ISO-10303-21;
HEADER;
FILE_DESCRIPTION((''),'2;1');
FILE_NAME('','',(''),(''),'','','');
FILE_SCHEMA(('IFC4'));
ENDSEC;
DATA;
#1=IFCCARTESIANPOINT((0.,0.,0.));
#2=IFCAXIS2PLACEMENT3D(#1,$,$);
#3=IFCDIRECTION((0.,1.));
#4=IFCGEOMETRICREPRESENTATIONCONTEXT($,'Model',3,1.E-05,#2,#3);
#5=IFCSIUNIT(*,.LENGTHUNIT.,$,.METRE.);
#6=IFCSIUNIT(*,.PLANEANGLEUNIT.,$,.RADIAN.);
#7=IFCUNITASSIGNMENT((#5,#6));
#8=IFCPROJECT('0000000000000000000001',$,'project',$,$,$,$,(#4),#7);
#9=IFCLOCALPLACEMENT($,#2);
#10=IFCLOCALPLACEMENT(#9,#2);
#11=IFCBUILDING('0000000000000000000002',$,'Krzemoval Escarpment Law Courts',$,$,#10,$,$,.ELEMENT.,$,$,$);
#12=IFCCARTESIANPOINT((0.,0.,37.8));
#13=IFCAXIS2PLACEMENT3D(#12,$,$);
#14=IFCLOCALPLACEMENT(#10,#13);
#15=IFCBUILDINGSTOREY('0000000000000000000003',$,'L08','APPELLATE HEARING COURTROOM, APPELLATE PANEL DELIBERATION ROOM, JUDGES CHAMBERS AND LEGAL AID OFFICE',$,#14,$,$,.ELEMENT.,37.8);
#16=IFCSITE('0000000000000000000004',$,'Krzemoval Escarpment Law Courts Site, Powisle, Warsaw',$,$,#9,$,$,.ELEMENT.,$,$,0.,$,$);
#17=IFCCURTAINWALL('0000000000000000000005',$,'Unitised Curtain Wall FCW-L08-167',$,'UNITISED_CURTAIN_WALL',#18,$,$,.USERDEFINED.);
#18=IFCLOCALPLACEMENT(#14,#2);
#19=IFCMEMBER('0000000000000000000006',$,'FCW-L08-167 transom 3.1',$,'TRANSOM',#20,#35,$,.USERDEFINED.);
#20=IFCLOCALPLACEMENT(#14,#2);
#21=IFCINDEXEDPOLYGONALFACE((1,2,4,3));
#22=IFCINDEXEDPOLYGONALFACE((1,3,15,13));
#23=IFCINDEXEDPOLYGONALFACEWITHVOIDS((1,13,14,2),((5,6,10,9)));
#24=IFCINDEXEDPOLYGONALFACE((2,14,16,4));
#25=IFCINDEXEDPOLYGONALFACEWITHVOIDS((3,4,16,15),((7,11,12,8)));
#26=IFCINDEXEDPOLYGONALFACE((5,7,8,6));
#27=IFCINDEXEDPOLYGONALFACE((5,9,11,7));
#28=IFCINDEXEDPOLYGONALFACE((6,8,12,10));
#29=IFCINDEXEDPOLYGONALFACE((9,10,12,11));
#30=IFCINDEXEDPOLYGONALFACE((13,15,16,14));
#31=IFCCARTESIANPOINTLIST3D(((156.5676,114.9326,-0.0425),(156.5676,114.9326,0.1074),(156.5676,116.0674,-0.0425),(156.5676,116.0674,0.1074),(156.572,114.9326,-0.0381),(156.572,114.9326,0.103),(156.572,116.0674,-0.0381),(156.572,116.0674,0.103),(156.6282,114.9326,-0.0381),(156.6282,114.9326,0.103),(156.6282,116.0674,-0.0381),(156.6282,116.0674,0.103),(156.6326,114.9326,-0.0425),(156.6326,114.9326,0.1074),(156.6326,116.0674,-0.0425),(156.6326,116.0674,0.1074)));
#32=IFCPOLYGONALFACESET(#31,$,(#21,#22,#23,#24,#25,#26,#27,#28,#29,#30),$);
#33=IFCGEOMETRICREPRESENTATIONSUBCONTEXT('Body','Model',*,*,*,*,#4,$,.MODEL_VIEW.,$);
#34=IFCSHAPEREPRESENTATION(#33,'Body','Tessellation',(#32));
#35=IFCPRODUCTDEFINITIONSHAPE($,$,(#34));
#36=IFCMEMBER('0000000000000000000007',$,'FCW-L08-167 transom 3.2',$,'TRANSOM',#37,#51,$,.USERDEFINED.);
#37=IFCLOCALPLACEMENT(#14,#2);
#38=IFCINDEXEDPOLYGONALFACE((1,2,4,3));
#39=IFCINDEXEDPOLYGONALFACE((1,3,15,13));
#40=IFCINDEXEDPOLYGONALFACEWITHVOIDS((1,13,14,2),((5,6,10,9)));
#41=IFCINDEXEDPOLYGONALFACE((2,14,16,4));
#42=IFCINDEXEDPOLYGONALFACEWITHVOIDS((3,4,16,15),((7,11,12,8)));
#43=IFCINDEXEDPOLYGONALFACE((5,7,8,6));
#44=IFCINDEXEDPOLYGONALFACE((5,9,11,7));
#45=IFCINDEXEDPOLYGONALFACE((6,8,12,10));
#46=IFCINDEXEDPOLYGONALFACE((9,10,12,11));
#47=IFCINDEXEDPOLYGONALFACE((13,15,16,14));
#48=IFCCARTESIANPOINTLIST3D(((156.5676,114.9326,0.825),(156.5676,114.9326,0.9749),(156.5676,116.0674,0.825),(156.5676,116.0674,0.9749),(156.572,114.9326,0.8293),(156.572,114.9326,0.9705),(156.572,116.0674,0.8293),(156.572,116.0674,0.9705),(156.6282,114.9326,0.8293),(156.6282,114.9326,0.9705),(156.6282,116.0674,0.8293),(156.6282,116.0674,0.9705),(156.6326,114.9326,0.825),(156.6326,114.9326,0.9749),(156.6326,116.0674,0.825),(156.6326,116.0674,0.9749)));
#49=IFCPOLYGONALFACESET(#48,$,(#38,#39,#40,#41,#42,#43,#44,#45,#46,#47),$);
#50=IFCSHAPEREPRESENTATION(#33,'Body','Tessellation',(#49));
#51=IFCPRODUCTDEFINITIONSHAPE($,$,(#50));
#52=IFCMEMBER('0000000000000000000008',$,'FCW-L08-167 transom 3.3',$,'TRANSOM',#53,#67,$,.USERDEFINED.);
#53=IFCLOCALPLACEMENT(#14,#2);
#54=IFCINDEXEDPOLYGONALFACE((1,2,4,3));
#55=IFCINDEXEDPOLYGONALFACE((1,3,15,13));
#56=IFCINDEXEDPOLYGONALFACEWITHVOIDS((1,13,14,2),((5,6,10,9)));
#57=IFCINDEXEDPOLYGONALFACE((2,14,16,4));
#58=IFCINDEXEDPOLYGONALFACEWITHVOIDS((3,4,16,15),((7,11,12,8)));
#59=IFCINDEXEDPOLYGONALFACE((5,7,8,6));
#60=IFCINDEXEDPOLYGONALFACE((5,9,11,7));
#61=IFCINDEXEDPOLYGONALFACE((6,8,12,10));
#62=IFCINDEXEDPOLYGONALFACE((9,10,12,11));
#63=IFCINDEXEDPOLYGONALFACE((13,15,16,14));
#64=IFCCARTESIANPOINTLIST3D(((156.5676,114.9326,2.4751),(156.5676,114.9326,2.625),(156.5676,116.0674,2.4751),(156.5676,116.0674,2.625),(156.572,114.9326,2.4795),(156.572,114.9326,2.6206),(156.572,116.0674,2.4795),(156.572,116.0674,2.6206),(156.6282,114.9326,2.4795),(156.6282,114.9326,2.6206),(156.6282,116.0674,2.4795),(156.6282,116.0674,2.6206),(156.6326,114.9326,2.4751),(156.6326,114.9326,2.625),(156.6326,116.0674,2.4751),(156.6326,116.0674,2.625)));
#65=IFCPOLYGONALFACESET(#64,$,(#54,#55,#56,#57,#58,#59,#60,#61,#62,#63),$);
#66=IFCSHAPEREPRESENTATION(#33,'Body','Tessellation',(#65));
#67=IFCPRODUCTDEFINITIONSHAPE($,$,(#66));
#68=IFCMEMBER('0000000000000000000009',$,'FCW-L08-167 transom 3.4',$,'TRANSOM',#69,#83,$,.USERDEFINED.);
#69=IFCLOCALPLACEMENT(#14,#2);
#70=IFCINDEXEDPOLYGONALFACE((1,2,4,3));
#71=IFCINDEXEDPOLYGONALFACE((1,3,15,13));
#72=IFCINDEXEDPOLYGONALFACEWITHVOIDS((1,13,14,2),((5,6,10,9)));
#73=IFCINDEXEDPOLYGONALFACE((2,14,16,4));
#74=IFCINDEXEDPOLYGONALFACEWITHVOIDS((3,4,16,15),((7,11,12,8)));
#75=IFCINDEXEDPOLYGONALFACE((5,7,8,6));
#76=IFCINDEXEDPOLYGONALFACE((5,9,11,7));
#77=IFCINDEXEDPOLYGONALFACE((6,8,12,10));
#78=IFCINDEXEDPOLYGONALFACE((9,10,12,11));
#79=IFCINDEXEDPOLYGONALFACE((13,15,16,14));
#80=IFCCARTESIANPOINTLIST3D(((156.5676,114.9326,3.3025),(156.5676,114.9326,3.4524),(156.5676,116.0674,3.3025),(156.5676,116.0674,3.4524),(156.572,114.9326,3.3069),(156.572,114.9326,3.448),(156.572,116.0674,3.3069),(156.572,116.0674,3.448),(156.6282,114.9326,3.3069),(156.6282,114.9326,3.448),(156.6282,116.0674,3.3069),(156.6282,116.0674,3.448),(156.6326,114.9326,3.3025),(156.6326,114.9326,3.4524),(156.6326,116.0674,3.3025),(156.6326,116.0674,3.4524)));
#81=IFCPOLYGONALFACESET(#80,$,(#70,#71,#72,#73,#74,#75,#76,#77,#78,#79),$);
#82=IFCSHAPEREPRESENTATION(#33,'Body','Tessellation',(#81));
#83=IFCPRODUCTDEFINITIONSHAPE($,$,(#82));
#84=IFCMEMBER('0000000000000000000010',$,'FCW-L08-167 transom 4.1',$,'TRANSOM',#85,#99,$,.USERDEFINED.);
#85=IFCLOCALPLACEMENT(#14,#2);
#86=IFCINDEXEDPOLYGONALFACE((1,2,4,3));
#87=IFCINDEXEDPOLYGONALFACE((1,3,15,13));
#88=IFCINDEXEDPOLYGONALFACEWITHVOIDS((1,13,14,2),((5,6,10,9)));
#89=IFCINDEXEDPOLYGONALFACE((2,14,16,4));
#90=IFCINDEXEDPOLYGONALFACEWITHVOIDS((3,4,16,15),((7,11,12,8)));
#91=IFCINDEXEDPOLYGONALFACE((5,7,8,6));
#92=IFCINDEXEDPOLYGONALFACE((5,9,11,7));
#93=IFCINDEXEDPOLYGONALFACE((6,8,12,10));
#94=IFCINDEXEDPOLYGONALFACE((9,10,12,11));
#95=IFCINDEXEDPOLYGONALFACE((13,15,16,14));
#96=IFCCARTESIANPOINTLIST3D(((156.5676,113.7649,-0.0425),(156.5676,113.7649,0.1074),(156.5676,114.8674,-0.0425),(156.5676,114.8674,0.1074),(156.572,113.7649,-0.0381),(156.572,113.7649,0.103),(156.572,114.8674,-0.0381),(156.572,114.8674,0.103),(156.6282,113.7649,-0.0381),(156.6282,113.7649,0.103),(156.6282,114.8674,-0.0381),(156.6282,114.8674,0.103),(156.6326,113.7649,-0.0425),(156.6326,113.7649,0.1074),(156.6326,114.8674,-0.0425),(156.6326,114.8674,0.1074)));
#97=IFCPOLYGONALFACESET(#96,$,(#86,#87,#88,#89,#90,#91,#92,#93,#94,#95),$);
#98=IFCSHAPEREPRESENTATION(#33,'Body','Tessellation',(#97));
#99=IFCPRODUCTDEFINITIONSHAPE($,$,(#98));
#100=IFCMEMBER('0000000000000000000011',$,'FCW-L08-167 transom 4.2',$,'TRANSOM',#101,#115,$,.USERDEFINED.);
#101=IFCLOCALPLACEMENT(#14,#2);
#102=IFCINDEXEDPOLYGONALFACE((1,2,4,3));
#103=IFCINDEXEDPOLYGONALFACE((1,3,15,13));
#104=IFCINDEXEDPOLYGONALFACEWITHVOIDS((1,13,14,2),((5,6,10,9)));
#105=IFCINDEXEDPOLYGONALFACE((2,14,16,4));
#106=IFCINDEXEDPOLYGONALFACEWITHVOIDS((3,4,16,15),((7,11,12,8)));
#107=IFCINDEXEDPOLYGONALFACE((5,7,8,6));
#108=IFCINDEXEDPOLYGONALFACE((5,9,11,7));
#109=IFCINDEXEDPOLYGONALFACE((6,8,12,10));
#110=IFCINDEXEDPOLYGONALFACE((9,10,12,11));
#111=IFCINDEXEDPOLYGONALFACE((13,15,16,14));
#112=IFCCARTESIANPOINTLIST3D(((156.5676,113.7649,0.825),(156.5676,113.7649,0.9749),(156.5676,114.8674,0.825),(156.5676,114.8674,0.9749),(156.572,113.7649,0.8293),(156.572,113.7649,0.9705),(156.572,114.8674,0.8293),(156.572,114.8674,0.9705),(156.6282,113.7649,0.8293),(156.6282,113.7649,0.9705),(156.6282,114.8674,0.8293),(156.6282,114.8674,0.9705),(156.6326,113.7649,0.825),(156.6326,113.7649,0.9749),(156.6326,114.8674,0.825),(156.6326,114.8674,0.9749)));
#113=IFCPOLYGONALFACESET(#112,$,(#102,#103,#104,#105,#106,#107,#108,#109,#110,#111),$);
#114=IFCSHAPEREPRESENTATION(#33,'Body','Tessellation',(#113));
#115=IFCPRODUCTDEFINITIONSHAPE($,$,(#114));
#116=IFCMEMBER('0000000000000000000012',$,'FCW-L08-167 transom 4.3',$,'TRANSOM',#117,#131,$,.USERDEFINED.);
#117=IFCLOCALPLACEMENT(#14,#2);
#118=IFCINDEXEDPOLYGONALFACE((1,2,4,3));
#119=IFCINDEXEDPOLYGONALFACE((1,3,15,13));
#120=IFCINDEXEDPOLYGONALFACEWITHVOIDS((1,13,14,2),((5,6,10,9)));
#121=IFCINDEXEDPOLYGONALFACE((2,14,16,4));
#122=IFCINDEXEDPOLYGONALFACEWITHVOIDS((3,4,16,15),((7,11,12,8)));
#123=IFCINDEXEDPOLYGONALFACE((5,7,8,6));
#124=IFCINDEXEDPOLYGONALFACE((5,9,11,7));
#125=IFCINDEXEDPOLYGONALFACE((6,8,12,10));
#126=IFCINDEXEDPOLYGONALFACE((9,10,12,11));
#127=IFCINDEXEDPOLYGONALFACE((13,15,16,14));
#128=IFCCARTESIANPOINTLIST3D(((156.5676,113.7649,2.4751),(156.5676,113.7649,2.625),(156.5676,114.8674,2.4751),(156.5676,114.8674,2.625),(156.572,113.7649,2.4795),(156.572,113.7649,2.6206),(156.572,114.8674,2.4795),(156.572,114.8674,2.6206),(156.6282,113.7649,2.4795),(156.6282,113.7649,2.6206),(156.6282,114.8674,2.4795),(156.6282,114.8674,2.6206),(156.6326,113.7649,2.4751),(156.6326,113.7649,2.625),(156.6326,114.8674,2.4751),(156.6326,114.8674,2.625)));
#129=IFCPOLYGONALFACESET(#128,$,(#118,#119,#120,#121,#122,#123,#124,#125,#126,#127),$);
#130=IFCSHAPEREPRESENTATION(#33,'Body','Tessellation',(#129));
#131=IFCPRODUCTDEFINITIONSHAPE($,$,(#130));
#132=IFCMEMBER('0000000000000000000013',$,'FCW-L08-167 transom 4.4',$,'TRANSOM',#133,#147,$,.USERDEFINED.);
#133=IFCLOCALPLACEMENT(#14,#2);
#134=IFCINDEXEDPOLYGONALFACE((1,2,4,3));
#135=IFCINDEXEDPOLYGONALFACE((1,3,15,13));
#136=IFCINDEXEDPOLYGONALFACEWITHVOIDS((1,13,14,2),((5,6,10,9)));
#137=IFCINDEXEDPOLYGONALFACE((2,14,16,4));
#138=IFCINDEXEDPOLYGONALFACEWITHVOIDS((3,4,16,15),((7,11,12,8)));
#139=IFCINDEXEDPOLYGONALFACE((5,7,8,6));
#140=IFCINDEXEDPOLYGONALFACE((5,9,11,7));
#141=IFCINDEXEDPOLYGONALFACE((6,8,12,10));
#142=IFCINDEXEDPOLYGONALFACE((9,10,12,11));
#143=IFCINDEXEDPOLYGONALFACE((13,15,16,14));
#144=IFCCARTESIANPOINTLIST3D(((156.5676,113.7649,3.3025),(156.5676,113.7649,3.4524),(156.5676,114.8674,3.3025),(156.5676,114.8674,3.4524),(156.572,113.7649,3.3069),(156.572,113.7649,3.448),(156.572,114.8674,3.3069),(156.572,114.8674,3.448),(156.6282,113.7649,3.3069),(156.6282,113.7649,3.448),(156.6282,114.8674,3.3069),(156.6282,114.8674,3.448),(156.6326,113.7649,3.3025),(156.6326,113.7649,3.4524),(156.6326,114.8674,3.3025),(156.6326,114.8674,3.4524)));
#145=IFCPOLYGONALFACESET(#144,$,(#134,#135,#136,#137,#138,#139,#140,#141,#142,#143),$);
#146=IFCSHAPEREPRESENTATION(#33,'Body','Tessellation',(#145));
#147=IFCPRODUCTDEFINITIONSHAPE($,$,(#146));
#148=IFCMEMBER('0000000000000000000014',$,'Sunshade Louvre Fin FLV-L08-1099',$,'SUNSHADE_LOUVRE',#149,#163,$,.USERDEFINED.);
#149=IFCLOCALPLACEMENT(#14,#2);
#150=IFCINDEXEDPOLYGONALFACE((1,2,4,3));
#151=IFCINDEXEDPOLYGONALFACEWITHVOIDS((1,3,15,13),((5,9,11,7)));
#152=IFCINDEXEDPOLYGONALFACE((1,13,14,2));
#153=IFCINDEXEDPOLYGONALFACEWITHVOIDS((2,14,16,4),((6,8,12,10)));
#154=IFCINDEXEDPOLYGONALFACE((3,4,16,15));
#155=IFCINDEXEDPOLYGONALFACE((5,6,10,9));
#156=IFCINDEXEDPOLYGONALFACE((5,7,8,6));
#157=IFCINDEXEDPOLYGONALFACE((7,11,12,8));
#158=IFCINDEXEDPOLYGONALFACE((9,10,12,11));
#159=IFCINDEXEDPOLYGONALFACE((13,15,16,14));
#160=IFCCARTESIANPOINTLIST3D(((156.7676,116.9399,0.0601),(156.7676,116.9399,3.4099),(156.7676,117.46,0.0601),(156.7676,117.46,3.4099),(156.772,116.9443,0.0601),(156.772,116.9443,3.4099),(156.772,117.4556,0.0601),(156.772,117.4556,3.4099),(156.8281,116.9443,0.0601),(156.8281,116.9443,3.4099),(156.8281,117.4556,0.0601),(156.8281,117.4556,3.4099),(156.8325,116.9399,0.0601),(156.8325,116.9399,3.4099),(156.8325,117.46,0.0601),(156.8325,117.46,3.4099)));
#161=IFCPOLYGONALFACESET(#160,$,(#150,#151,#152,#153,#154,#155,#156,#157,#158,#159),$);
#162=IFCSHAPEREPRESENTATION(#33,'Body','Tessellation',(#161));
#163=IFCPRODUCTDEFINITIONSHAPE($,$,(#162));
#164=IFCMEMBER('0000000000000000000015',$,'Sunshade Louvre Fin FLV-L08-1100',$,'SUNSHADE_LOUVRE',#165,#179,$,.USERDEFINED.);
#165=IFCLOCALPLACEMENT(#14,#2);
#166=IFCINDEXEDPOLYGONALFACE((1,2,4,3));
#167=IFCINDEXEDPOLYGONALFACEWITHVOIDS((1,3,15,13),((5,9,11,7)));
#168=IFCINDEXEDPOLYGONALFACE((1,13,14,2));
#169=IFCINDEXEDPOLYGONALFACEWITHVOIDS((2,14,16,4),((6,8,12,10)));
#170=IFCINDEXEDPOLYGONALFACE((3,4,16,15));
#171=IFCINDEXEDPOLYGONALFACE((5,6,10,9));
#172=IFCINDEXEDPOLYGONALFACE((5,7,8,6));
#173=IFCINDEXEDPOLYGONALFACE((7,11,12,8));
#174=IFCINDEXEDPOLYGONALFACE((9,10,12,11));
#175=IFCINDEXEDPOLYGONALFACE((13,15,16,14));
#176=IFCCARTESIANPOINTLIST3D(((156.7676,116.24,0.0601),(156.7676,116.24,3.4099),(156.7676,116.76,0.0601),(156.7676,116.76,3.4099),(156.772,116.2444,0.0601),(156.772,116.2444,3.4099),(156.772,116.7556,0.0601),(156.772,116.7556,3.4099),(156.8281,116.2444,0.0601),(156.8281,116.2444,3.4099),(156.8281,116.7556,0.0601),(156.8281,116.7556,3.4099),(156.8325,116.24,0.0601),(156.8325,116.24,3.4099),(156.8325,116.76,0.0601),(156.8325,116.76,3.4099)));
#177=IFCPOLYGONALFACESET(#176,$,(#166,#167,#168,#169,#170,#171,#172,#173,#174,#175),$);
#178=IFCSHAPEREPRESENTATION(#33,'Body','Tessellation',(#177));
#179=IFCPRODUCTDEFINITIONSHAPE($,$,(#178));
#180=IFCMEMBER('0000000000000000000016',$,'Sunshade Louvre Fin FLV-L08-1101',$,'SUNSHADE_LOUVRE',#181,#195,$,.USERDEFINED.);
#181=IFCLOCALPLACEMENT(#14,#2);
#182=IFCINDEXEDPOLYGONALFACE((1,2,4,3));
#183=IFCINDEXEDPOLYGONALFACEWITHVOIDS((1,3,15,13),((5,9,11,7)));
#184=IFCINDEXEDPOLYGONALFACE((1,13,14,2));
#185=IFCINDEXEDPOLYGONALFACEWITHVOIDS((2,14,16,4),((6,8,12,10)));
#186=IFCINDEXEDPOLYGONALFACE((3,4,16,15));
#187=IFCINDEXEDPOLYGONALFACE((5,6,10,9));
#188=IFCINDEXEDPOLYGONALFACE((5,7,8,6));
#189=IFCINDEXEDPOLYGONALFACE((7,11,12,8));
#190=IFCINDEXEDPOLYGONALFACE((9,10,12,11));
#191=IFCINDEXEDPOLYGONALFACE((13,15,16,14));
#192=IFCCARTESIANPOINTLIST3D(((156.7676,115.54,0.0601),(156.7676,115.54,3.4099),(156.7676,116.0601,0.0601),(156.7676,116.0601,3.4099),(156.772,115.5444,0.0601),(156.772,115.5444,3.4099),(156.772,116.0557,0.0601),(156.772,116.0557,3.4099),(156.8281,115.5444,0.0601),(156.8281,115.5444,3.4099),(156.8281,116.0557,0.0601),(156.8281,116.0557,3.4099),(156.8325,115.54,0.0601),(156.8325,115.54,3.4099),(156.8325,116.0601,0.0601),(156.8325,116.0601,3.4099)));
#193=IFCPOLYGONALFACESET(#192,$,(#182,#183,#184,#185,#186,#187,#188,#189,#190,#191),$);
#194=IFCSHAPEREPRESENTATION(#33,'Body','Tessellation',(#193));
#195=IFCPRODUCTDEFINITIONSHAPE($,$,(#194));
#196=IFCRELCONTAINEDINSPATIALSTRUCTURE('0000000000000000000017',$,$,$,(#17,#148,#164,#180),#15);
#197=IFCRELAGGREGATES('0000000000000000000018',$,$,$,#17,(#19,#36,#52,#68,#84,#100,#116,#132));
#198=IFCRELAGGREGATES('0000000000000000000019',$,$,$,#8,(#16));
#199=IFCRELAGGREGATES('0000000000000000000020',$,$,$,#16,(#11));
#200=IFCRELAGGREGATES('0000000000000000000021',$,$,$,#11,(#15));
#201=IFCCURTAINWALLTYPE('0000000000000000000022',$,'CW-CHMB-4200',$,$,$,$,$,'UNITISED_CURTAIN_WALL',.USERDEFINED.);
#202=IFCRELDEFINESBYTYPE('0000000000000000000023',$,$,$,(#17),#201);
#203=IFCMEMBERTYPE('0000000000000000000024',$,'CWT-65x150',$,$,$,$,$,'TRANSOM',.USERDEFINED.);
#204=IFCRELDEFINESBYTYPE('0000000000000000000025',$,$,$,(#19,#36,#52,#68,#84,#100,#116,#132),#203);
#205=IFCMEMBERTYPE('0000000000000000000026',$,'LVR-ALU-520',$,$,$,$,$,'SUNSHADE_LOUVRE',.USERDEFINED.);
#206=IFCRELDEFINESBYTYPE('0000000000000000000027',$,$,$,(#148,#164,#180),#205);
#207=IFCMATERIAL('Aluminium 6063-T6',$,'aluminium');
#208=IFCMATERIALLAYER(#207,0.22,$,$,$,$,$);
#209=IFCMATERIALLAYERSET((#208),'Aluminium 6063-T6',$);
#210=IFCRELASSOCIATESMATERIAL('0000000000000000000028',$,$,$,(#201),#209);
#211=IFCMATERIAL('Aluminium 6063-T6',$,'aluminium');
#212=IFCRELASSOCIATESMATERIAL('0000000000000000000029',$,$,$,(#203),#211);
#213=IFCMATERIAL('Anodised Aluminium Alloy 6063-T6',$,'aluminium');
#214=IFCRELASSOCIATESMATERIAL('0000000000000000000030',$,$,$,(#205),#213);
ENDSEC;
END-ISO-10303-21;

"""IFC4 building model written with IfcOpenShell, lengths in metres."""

from ifc_helpers import new_model, si_unit, direction, frame, origin, origin_2d, place, context, subcontext, project, spatial, hollow_rectangle, extrude, material, layer, layer_set, material_profile, profile_set, type_object, element, aggregate, save


model = new_model("IFC4")

# Units and contexts
model_context = context("Model", 3, precision=1e-05, world=origin(), true_north=direction((0.0, 1.0)))
body_context = subcontext(model_context, "Body", "Model", "MODEL_VIEW")
ifc_project = project(units=[si_unit("LENGTHUNIT", "METRE"), si_unit("PLANEANGLEUNIT", "RADIAN")], contexts=[model_context])

# Site, building, storey
site_placement = place(None, origin())
site = spatial("IfcSite", under=ifc_project, at=site_placement, Name="Krzemoval Escarpment Law Courts Site, Powisle, Warsaw", CompositionType="ELEMENT", RefElevation=0.0)
building_placement = place(site_placement, origin())
building = spatial("IfcBuilding", under=site, at=building_placement, Name="Krzemoval Escarpment Law Courts", CompositionType="ELEMENT")
storey_placement = place(building_placement, frame((0.0, 0.0, 37.8)))
storey = spatial("IfcBuildingStorey", under=building, at=storey_placement, Name="L08", Description="APPELLATE HEARING COURTROOM, APPELLATE PANEL DELIBERATION ROOM, JUDGES CHAMBERS AND LEGAL AID OFFICE", CompositionType="ELEMENT", Elevation=37.8)

# Curtain wall, members
ifc_material_1 = material(Name="Aluminium 6063-T6", Category="aluminium")
ifc_layer_1 = layer(ifc_material_1, 0.22)
ifc_layer_set_1 = layer_set([ifc_layer_1], Name="Aluminium 6063-T6")
curtain_wall_type = type_object("IfcCurtainWallType", Name="CW-CHMB-4200", ElementType="UNITISED_CURTAIN_WALL", PredefinedType="USERDEFINED", material=ifc_layer_set_1)
curtain_wall_placement = place(storey_placement, origin())
curtain_wall = element("IfcCurtainWall", 1, at=curtain_wall_placement, inside=storey, type_object=curtain_wall_type, Name="Unitised Curtain Wall FCW-L08-167", ObjectType="UNITISED_CURTAIN_WALL", PredefinedType="USERDEFINED")
ifc_material_2 = material(Name="Aluminium 6063-T6", Category="aluminium")
ifc_material_profile_1 = material_profile(ifc_material_2, hollow_rectangle(XDim=0.0649, YDim=0.1499, WallThickness=0.0044, at=origin_2d()), Name="ALU T65x150")
ifc_profile_set_1 = profile_set([ifc_material_profile_1], Name="Aluminium 6063-T6")
member_type_1 = type_object("IfcMemberType", Name="CWT-65x150", ElementType="TRANSOM", PredefinedType="USERDEFINED", material=ifc_profile_set_1)
member_1_placement = place(storey_placement, frame((156.6001, 116.0674, 0.0325), z_axis=(0.0, -1.0, 0.0), x_axis=(1.0, 0.0, 0.0)))
member_1 = element("IfcMember", 2, at=member_1_placement, type_object=member_type_1, Name="FCW-L08-167 transom 3.1", ObjectType="TRANSOM", PredefinedType="USERDEFINED", context=body_context, shape_type="SweptSolid", body=[
    extrude(hollow_rectangle(XDim=0.0649, YDim=0.1499, WallThickness=0.0044, at=origin_2d()), origin(), (0.0, 0.0, 1.0), 1.1348),
])
member_2_placement = place(storey_placement, frame((156.6001, 116.0674, 0.8999), z_axis=(0.0, -1.0, 0.0), x_axis=(1.0, 0.0, 0.0)))
member_2 = element("IfcMember", 3, at=member_2_placement, type_object=member_type_1, Name="FCW-L08-167 transom 3.2", ObjectType="TRANSOM", PredefinedType="USERDEFINED", context=body_context, shape_type="SweptSolid", body=[
    extrude(hollow_rectangle(XDim=0.0649, YDim=0.1499, WallThickness=0.0044, at=origin_2d()), origin(), (0.0, 0.0, 1.0), 1.1348),
])
member_3_placement = place(storey_placement, frame((156.6001, 116.0674, 2.55), z_axis=(0.0, -1.0, 0.0), x_axis=(1.0, 0.0, 0.0)))
member_3 = element("IfcMember", 4, at=member_3_placement, type_object=member_type_1, Name="FCW-L08-167 transom 3.3", ObjectType="TRANSOM", PredefinedType="USERDEFINED", context=body_context, shape_type="SweptSolid", body=[
    extrude(hollow_rectangle(XDim=0.0649, YDim=0.1499, WallThickness=0.0044, at=origin_2d()), origin(), (0.0, 0.0, 1.0), 1.1348),
])
member_4_placement = place(storey_placement, frame((156.6001, 116.0674, 3.3774), z_axis=(0.0, -1.0, 0.0), x_axis=(1.0, 0.0, 0.0)))
member_4 = element("IfcMember", 5, at=member_4_placement, type_object=member_type_1, Name="FCW-L08-167 transom 3.4", ObjectType="TRANSOM", PredefinedType="USERDEFINED", context=body_context, shape_type="SweptSolid", body=[
    extrude(hollow_rectangle(XDim=0.0649, YDim=0.1499, WallThickness=0.0044, at=origin_2d()), origin(), (0.0, 0.0, 1.0), 1.1348),
])
member_5_placement = place(storey_placement, frame((156.6001, 114.8674, 0.0325), z_axis=(0.0, -1.0, 0.0), x_axis=(1.0, 0.0, 0.0)))
member_5 = element("IfcMember", 6, at=member_5_placement, type_object=member_type_1, Name="FCW-L08-167 transom 4.1", ObjectType="TRANSOM", PredefinedType="USERDEFINED", context=body_context, shape_type="SweptSolid", body=[
    extrude(hollow_rectangle(XDim=0.0649, YDim=0.1499, WallThickness=0.0044, at=origin_2d()), origin(), (0.0, 0.0, 1.0), 1.1025),
])
member_6_placement = place(storey_placement, frame((156.6001, 114.8674, 0.8999), z_axis=(0.0, -1.0, 0.0), x_axis=(1.0, 0.0, 0.0)))
member_6 = element("IfcMember", 7, at=member_6_placement, type_object=member_type_1, Name="FCW-L08-167 transom 4.2", ObjectType="TRANSOM", PredefinedType="USERDEFINED", context=body_context, shape_type="SweptSolid", body=[
    extrude(hollow_rectangle(XDim=0.0649, YDim=0.1499, WallThickness=0.0044, at=origin_2d()), origin(), (0.0, 0.0, 1.0), 1.1025),
])
member_7_placement = place(storey_placement, frame((156.6001, 114.8674, 2.55), z_axis=(0.0, -1.0, 0.0), x_axis=(1.0, 0.0, 0.0)))
member_7 = element("IfcMember", 8, at=member_7_placement, type_object=member_type_1, Name="FCW-L08-167 transom 4.3", ObjectType="TRANSOM", PredefinedType="USERDEFINED", context=body_context, shape_type="SweptSolid", body=[
    extrude(hollow_rectangle(XDim=0.0649, YDim=0.1499, WallThickness=0.0044, at=origin_2d()), origin(), (0.0, 0.0, 1.0), 1.1025),
])
member_8_placement = place(storey_placement, frame((156.6001, 114.8674, 3.3774), z_axis=(0.0, -1.0, 0.0), x_axis=(1.0, 0.0, 0.0)))
member_8 = element("IfcMember", 9, at=member_8_placement, type_object=member_type_1, Name="FCW-L08-167 transom 4.4", ObjectType="TRANSOM", PredefinedType="USERDEFINED", context=body_context, shape_type="SweptSolid", body=[
    extrude(hollow_rectangle(XDim=0.0649, YDim=0.1499, WallThickness=0.0044, at=origin_2d()), origin(), (0.0, 0.0, 1.0), 1.1025),
])

# Members
ifc_material_3 = material(Name="Anodised Aluminium Alloy 6063-T6", Category="aluminium")
ifc_material_profile_2 = material_profile(ifc_material_3, hollow_rectangle(XDim=0.0649, YDim=0.52, WallThickness=0.0044, at=origin_2d()), Name="ALU LVR 65x520")
ifc_profile_set_2 = profile_set([ifc_material_profile_2], Name="Anodised Aluminium Alloy 6063-T6")
member_type_2 = type_object("IfcMemberType", Name="LVR-ALU-520", ElementType="SUNSHADE_LOUVRE", PredefinedType="USERDEFINED", material=ifc_profile_set_2)
for number, where, z_axis, x_axis, name in (
    (10, (156.8, 117.2, 0.0601), (0.0, 0.0, 1.0), (1.0, 0.0, 0.0), "Sunshade Louvre Fin FLV-L08-1099"),
    (11, (156.8, 116.5, 0.0601), (0.0, 0.0, 1.0), (1.0, 0.0, 0.0), "Sunshade Louvre Fin FLV-L08-1100"),
    (12, (156.8, 115.8, 0.0601), (0.0, 0.0, 1.0), (1.0, 0.0, 0.0), "Sunshade Louvre Fin FLV-L08-1101"),
):
    element("IfcMember", number, at=place(storey_placement, frame(where, z_axis=z_axis, x_axis=x_axis)), inside=storey, type_object=member_type_2, Name=name, ObjectType="SUNSHADE_LOUVRE", PredefinedType="USERDEFINED", context=body_context, shape_type="SweptSolid", body=[
        extrude(hollow_rectangle(XDim=0.0649, YDim=0.52, WallThickness=0.0044, at=origin_2d()), origin(), (0.0, 0.0, 1.0), 3.3499),
    ])

aggregate(curtain_wall, [member_1, member_2, member_3, member_4, member_5, member_6, member_7, member_8])

save(model, "model.ifc")
